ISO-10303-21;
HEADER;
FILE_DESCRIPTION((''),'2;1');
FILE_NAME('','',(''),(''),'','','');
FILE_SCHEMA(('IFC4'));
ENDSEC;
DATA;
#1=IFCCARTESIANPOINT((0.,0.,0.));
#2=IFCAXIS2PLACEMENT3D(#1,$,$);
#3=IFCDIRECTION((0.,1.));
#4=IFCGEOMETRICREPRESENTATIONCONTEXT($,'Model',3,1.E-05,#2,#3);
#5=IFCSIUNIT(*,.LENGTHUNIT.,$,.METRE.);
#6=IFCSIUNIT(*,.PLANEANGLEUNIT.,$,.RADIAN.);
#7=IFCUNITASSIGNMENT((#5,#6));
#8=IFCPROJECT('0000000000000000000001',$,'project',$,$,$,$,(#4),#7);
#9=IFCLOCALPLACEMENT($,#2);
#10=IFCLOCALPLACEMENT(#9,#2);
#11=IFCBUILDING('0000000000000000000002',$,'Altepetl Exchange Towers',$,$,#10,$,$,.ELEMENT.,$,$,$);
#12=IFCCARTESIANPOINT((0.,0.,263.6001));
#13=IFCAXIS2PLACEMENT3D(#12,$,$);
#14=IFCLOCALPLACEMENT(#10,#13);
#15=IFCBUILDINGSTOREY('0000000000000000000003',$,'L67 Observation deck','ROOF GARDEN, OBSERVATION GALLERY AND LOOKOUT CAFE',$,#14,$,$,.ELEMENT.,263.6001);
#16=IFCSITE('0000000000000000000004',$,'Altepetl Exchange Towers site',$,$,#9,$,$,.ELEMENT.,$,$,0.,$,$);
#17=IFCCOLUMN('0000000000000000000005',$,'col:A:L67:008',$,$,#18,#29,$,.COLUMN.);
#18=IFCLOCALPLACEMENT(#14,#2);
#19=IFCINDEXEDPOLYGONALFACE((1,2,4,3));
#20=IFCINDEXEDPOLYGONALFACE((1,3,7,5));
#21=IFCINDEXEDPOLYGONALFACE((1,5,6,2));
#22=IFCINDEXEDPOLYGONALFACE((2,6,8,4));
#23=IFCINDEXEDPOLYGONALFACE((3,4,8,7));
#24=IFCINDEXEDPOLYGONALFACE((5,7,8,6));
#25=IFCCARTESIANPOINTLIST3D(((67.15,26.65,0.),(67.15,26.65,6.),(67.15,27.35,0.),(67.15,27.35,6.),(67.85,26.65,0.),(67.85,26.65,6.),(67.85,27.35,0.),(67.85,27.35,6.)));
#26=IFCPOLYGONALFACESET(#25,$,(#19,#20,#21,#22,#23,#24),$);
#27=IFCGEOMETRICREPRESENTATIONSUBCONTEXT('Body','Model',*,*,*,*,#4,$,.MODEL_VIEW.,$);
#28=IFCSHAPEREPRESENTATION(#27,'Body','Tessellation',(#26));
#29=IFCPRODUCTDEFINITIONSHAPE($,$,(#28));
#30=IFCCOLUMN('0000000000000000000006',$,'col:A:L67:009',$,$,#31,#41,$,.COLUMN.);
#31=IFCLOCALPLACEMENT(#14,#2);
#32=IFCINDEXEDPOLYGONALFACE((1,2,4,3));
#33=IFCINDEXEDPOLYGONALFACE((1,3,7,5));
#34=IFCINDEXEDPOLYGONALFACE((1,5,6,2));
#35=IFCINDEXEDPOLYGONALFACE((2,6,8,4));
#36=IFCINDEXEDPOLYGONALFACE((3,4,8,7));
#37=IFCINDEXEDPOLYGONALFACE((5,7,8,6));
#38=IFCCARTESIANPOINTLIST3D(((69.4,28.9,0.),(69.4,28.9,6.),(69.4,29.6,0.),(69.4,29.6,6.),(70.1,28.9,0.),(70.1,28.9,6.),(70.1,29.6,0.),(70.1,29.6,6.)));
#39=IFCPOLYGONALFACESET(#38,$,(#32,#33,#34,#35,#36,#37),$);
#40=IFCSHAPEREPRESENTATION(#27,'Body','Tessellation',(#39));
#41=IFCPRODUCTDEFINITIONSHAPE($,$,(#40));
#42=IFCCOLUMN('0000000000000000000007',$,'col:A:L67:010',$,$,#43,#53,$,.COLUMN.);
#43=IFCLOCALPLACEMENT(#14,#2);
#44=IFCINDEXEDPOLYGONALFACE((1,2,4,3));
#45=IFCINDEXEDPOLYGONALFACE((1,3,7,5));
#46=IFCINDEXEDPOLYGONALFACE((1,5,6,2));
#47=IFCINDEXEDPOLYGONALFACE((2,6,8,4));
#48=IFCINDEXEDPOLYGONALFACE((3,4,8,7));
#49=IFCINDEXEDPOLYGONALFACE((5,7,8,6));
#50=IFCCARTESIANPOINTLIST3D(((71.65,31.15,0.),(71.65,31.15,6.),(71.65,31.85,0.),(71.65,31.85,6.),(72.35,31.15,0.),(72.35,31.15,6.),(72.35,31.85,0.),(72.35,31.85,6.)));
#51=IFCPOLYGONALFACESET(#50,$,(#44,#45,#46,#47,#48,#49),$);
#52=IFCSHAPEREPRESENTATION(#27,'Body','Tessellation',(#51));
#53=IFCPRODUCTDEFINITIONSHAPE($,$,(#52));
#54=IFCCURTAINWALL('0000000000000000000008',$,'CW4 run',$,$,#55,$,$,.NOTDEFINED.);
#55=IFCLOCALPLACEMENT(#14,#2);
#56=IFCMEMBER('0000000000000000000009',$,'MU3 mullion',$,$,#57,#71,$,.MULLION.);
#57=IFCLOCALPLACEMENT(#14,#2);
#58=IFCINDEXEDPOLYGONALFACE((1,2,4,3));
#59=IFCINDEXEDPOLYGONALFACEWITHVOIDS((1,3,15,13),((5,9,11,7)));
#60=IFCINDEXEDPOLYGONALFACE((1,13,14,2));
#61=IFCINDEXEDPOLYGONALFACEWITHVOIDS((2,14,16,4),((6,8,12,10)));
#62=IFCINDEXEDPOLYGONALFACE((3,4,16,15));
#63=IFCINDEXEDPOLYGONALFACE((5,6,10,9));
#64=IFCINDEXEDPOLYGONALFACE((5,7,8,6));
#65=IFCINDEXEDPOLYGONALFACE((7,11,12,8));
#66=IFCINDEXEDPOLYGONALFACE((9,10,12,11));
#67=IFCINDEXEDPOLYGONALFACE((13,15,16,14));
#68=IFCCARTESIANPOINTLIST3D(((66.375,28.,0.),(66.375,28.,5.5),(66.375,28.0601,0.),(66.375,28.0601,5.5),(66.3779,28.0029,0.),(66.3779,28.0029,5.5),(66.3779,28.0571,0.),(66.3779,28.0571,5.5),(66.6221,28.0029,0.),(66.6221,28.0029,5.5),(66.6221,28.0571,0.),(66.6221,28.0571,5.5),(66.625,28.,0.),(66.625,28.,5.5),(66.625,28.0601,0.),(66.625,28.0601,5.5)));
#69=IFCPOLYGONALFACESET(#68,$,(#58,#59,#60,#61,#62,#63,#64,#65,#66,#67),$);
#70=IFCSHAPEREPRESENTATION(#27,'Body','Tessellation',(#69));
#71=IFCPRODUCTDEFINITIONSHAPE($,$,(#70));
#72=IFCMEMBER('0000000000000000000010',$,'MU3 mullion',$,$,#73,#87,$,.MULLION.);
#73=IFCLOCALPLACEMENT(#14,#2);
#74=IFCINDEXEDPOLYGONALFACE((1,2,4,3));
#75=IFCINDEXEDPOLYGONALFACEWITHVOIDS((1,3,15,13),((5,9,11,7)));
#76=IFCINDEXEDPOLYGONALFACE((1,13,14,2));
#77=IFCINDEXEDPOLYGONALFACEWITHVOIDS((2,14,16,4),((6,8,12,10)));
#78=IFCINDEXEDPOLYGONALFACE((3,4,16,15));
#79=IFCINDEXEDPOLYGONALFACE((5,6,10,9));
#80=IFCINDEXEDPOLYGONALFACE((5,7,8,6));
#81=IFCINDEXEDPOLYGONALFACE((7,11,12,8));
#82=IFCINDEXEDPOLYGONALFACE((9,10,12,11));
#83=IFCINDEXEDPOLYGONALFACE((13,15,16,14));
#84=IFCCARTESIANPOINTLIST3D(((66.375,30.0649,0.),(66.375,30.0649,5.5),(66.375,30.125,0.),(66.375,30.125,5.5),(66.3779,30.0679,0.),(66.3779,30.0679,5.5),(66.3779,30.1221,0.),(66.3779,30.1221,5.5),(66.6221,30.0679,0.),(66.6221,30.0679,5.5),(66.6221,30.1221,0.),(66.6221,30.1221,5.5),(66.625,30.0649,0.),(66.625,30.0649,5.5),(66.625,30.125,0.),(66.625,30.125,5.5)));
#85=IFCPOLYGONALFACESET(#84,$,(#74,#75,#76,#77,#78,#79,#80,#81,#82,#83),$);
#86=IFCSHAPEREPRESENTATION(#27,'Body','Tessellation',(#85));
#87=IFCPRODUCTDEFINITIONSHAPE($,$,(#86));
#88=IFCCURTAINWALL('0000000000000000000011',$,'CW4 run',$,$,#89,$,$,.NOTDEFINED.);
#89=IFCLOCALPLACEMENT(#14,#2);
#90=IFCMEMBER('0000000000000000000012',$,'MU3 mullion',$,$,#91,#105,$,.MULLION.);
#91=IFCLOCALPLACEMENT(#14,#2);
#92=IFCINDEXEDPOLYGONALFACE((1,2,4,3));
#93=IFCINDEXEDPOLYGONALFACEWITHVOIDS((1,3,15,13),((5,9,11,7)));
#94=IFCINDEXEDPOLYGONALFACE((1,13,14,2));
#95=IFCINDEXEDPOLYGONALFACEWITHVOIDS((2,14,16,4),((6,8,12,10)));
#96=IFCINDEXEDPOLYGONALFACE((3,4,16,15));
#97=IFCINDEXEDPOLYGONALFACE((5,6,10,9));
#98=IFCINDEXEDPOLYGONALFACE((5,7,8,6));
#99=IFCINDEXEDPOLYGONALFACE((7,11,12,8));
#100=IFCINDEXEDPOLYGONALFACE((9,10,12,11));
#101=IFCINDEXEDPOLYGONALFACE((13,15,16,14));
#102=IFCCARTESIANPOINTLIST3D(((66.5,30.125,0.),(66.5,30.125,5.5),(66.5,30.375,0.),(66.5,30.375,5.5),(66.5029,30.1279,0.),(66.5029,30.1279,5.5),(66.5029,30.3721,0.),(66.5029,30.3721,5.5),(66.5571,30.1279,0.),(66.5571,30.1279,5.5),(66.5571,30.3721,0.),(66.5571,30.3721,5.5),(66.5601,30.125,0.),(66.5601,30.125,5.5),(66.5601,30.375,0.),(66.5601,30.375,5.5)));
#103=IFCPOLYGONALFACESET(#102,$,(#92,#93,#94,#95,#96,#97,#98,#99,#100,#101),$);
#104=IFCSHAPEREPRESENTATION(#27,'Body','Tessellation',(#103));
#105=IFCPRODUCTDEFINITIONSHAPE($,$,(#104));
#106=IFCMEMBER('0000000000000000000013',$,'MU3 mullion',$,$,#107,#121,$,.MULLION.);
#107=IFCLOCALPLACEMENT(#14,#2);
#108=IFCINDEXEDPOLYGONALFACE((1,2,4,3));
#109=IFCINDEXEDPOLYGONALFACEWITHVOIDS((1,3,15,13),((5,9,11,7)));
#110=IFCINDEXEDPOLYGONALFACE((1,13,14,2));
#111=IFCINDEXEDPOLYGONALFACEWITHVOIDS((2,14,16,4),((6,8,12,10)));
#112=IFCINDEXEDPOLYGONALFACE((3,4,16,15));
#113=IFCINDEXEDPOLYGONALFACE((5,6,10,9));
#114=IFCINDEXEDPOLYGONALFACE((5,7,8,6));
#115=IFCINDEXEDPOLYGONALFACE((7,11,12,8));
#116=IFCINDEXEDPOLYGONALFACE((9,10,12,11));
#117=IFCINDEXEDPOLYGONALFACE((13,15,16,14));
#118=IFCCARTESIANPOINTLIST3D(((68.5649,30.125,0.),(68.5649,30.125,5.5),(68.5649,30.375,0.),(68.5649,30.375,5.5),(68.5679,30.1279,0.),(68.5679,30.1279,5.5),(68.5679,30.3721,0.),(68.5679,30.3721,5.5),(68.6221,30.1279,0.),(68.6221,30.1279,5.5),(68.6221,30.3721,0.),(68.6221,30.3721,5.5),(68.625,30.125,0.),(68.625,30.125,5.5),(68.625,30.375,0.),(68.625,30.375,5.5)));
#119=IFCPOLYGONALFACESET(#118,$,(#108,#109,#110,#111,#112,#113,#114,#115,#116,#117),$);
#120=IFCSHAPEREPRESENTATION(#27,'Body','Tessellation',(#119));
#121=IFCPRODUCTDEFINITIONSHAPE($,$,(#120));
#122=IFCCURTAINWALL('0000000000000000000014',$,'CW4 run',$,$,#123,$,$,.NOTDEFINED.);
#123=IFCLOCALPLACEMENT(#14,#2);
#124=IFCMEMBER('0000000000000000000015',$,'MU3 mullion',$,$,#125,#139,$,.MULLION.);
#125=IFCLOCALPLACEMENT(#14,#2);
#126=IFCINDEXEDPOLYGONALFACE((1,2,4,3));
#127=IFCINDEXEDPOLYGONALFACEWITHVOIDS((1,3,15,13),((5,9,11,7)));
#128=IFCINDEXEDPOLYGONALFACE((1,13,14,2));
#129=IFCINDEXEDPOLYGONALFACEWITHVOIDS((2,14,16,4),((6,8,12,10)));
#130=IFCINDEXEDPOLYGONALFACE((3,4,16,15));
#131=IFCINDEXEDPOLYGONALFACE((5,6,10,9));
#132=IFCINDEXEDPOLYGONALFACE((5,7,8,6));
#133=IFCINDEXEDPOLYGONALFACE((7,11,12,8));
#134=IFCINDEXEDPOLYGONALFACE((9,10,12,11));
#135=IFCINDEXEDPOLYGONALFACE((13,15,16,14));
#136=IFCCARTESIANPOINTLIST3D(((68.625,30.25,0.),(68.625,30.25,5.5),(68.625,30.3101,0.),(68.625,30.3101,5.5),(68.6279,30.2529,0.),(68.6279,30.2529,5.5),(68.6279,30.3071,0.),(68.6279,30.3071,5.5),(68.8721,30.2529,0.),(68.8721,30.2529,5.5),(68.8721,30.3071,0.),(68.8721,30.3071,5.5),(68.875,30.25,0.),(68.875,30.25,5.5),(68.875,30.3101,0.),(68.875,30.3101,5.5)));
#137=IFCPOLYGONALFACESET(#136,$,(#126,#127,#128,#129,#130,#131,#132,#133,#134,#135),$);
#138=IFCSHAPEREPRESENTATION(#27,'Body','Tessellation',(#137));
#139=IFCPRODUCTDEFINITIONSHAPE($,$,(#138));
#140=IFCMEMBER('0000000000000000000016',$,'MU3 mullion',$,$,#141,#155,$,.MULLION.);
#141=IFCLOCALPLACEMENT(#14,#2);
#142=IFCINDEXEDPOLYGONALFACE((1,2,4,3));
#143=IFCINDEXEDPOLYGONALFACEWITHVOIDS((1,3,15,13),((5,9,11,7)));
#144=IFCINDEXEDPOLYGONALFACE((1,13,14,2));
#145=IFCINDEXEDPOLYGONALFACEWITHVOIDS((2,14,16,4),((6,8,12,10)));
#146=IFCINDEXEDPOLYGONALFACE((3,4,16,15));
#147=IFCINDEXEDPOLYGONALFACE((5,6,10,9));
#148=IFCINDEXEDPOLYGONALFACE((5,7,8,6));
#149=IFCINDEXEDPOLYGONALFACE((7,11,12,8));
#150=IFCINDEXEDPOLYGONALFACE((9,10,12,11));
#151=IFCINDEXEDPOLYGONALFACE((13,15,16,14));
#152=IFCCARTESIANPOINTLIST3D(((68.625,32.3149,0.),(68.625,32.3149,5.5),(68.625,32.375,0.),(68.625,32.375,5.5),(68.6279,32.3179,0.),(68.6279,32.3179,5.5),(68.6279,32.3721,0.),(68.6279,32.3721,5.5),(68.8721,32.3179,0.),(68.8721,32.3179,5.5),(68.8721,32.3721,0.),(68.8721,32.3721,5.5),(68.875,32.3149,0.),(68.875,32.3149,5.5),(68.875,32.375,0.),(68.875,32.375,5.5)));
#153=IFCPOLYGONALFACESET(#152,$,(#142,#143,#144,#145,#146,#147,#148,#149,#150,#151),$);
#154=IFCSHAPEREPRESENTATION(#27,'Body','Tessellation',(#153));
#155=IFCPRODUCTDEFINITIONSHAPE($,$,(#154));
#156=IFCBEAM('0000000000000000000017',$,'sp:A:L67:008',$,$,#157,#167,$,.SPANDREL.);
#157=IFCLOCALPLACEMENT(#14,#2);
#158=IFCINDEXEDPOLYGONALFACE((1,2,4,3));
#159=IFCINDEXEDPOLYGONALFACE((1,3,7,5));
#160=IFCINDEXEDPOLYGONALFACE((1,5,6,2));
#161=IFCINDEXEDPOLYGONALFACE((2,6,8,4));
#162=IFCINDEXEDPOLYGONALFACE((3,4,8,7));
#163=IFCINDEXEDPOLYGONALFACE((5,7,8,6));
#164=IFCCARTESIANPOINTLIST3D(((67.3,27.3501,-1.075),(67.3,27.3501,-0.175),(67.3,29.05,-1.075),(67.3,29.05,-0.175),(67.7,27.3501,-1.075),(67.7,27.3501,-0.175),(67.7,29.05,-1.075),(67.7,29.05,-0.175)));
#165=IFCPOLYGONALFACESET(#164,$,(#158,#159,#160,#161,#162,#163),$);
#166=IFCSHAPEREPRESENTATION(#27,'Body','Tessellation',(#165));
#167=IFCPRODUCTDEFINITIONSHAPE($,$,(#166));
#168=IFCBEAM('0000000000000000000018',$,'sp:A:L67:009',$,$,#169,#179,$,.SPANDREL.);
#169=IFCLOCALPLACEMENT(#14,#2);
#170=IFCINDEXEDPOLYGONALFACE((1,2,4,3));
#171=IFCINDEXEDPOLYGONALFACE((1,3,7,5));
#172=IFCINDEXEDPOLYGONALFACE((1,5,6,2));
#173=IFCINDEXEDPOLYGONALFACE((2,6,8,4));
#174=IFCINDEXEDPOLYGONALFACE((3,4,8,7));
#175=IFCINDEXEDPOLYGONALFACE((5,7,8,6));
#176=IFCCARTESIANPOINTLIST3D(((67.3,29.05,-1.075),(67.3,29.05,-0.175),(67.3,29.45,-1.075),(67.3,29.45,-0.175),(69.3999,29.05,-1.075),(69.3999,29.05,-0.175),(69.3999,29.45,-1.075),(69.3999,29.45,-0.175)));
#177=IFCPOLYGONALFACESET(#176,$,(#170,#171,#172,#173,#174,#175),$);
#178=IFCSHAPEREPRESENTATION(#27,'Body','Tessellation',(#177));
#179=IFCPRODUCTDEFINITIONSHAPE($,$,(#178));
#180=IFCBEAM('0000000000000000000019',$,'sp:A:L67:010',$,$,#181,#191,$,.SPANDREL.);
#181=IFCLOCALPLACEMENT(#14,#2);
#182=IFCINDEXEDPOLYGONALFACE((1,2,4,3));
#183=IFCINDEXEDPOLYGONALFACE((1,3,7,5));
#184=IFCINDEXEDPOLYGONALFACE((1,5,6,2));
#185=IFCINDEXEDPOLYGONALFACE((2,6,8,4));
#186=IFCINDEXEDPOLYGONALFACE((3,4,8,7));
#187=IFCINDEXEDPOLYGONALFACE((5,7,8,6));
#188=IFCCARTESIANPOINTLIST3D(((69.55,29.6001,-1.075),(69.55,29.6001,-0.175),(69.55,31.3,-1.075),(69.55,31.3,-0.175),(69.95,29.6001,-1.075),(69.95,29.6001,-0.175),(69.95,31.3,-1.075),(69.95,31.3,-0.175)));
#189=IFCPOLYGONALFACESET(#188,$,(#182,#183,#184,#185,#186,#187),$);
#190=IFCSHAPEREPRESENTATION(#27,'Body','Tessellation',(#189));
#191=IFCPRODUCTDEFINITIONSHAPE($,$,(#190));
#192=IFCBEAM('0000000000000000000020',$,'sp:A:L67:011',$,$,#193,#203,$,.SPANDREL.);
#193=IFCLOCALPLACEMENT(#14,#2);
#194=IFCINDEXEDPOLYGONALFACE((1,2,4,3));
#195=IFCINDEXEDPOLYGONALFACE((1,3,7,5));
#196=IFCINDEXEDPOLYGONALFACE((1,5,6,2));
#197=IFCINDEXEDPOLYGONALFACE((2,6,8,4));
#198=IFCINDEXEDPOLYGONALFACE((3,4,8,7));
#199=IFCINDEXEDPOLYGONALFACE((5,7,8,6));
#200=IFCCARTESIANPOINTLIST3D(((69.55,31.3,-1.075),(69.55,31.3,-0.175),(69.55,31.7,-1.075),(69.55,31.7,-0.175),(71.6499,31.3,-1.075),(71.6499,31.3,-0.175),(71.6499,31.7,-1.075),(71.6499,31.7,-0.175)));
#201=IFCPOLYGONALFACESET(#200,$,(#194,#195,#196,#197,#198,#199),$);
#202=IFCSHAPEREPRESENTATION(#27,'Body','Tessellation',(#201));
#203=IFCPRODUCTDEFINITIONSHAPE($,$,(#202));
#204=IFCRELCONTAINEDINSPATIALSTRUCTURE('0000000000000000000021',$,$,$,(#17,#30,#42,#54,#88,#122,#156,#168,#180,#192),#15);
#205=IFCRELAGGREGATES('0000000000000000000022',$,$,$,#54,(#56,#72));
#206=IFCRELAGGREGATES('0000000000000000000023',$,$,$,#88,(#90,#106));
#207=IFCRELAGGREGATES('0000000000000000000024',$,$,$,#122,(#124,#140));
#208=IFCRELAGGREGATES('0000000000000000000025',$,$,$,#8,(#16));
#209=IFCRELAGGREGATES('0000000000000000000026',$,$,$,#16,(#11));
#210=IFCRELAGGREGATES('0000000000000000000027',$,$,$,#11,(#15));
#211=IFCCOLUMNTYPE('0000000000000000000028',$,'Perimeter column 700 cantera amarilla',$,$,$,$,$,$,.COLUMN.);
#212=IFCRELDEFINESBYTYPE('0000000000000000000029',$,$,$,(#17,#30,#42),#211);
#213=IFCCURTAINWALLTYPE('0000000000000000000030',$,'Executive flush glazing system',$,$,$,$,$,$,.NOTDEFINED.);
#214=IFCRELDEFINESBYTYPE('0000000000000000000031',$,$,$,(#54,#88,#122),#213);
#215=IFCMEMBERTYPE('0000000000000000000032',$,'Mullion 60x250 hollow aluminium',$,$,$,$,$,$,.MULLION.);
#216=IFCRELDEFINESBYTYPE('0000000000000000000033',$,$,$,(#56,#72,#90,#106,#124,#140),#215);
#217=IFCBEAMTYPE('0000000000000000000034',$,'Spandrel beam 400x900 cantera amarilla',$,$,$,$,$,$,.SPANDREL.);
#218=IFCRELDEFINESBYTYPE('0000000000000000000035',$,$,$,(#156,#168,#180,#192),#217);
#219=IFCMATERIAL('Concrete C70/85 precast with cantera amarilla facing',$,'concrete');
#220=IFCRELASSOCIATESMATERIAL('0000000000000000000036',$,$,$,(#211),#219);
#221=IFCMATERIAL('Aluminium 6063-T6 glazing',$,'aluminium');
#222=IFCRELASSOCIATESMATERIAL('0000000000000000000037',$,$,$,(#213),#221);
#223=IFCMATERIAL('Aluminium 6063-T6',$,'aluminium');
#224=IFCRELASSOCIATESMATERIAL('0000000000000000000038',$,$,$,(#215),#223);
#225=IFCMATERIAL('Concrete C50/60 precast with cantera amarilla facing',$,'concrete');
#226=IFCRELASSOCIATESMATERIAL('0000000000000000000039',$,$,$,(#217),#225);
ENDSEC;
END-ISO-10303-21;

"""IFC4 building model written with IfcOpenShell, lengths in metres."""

from ifc_helpers import new_model, si_unit, direction, frame, origin, origin_2d, place, context, subcontext, project, spatial, rectangle, hollow_rectangle, extrude, material, material_profile, profile_set, type_object, element, aggregate, save


model = new_model("IFC4")

# Units and contexts
model_context = context("Model", 3, precision=1e-05, world=origin(), true_north=direction((0.0, 1.0)))
body_context = subcontext(model_context, "Body", "Model", "MODEL_VIEW")
ifc_project = project(units=[si_unit("LENGTHUNIT", "METRE"), si_unit("PLANEANGLEUNIT", "RADIAN")], contexts=[model_context])

# Site, building, storey
site_placement = place(None, origin())
site = spatial("IfcSite", under=ifc_project, at=site_placement, Name="Altepetl Exchange Towers site", CompositionType="ELEMENT", RefElevation=0.0)
building_placement = place(site_placement, origin())
building = spatial("IfcBuilding", under=site, at=building_placement, Name="Altepetl Exchange Towers", CompositionType="ELEMENT")
storey_placement = place(building_placement, frame((0.0, 0.0, 263.6001)))
storey = spatial("IfcBuildingStorey", under=building, at=storey_placement, Name="L67 Observation deck", Description="ROOF GARDEN, OBSERVATION GALLERY AND LOOKOUT CAFE", CompositionType="ELEMENT", Elevation=263.6001)

# Columns
ifc_material_1 = material(Name="Concrete C70/85 precast with cantera amarilla facing", Category="concrete")
ifc_material_profile_1 = material_profile(ifc_material_1, rectangle(XDim=0.7, YDim=0.7, at=origin_2d()), Name="700 x 700")
ifc_profile_set_1 = profile_set([ifc_material_profile_1], Name="Concrete C70/85 precast with cantera amarilla facing")
column_type = type_object("IfcColumnType", Name="Perimeter column 700 cantera amarilla", PredefinedType="COLUMN", material=ifc_profile_set_1)
for number, where, name in (
    (1, (67.5, 27.0, 0.0), "col:A:L67:008"),
    (2, (69.75, 29.25, 0.0), "col:A:L67:009"),
    (3, (72.0, 31.5, 0.0), "col:A:L67:010"),
):
    element("IfcColumn", number, at=place(storey_placement, frame(where)), inside=storey, type_object=column_type, Name=name, PredefinedType="COLUMN", context=body_context, shape_type="SweptSolid", body=[
        extrude(rectangle(XDim=0.7, YDim=0.7, at=origin_2d()), origin(), (0.0, 0.0, 1.0), 6.0),
    ])

# Curtain walls, members
ifc_material_2 = material(Name="Aluminium 6063-T6 glazing", Category="aluminium")
curtain_wall_type = type_object("IfcCurtainWallType", Name="Executive flush glazing system", PredefinedType="NOTDEFINED", material=ifc_material_2)
curtain_wall_1_placement = place(storey_placement, origin())
curtain_wall_1 = element("IfcCurtainWall", 4, at=curtain_wall_1_placement, inside=storey, type_object=curtain_wall_type, Name="CW4 run", PredefinedType="NOTDEFINED")
ifc_material_3 = material(Name="Aluminium 6063-T6", Category="aluminium")
ifc_material_profile_2 = material_profile(ifc_material_3, hollow_rectangle(XDim=0.0601, YDim=0.25, WallThickness=0.0029, at=origin_2d()), Name="Mullion 60x250 hollow aluminium")
ifc_profile_set_2 = profile_set([ifc_material_profile_2], Name="Aluminium 6063-T6")
member_type_1 = type_object("IfcMemberType", Name="Mullion 60x250 hollow aluminium", PredefinedType="MULLION", material=ifc_profile_set_2)
member_1_placement = place(storey_placement, frame((66.5, 28.03, 0.0), z_axis=(0.0, 0.0, 1.0), x_axis=(0.0, 1.0, 0.0)))
member_1 = element("IfcMember", 5, at=member_1_placement, type_object=member_type_1, Name="MU3 mullion", PredefinedType="MULLION", context=body_context, shape_type="SweptSolid", body=[
    extrude(hollow_rectangle(XDim=0.0601, YDim=0.25, WallThickness=0.0029, at=origin_2d()), origin(), (0.0, 0.0, 1.0), 5.5),
])
member_2_placement = place(storey_placement, frame((66.5, 30.095, 0.0), z_axis=(0.0, 0.0, 1.0), x_axis=(0.0, 1.0, 0.0)))
member_2 = element("IfcMember", 6, at=member_2_placement, type_object=member_type_1, Name="MU3 mullion", PredefinedType="MULLION", context=body_context, shape_type="SweptSolid", body=[
    extrude(hollow_rectangle(XDim=0.0601, YDim=0.25, WallThickness=0.0029, at=origin_2d()), origin(), (0.0, 0.0, 1.0), 5.5),
])
curtain_wall_2_placement = place(storey_placement, origin())
curtain_wall_2 = element("IfcCurtainWall", 7, at=curtain_wall_2_placement, inside=storey, type_object=curtain_wall_type, Name="CW4 run", PredefinedType="NOTDEFINED")
member_3_placement = place(storey_placement, frame((66.53, 30.25, 0.0)))
member_3 = element("IfcMember", 8, at=member_3_placement, type_object=member_type_1, Name="MU3 mullion", PredefinedType="MULLION", context=body_context, shape_type="SweptSolid", body=[
    extrude(hollow_rectangle(XDim=0.0601, YDim=0.25, WallThickness=0.0029, at=origin_2d()), origin(), (0.0, 0.0, 1.0), 5.5),
])
member_4_placement = place(storey_placement, frame((68.595, 30.25, 0.0)))
member_4 = element("IfcMember", 9, at=member_4_placement, type_object=member_type_1, Name="MU3 mullion", PredefinedType="MULLION", context=body_context, shape_type="SweptSolid", body=[
    extrude(hollow_rectangle(XDim=0.0601, YDim=0.25, WallThickness=0.0029, at=origin_2d()), origin(), (0.0, 0.0, 1.0), 5.5),
])
curtain_wall_3_placement = place(storey_placement, origin())
curtain_wall_3 = element("IfcCurtainWall", 10, at=curtain_wall_3_placement, inside=storey, type_object=curtain_wall_type, Name="CW4 run", PredefinedType="NOTDEFINED")
member_5_placement = place(storey_placement, frame((68.75, 30.28, 0.0), z_axis=(0.0, 0.0, 1.0), x_axis=(0.0, 1.0, 0.0)))
member_5 = element("IfcMember", 11, at=member_5_placement, type_object=member_type_1, Name="MU3 mullion", PredefinedType="MULLION", context=body_context, shape_type="SweptSolid", body=[
    extrude(hollow_rectangle(XDim=0.0601, YDim=0.25, WallThickness=0.0029, at=origin_2d()), origin(), (0.0, 0.0, 1.0), 5.5),
])
member_6_placement = place(storey_placement, frame((68.75, 32.345, 0.0), z_axis=(0.0, 0.0, 1.0), x_axis=(0.0, 1.0, 0.0)))
member_6 = element("IfcMember", 12, at=member_6_placement, type_object=member_type_1, Name="MU3 mullion", PredefinedType="MULLION", context=body_context, shape_type="SweptSolid", body=[
    extrude(hollow_rectangle(XDim=0.0601, YDim=0.25, WallThickness=0.0029, at=origin_2d()), origin(), (0.0, 0.0, 1.0), 5.5),
])

# Beams
ifc_material_4 = material(Name="Concrete C50/60 precast with cantera amarilla facing", Category="concrete")
ifc_material_profile_3 = material_profile(ifc_material_4, rectangle(XDim=0.3999, YDim=0.8999, at=origin_2d()), Name="400 x 900")
ifc_profile_set_3 = profile_set([ifc_material_profile_3], Name="Concrete C50/60 precast with cantera amarilla facing")
beam_type = type_object("IfcBeamType", Name="Spandrel beam 400x900 cantera amarilla", PredefinedType="SPANDREL", material=ifc_profile_set_3)
beam_1_placement = place(storey_placement, frame((67.5, 27.3501, -0.625), z_axis=(0.0, 1.0, 0.0), x_axis=(-1.0, 0.0, 0.0)))
element("IfcBeam", 13, at=beam_1_placement, inside=storey, type_object=beam_type, Name="sp:A:L67:008", PredefinedType="SPANDREL", context=body_context, shape_type="SweptSolid", body=[
    extrude(rectangle(XDim=0.3999, YDim=0.8999, at=origin_2d()), origin(), (0.0, 0.0, 1.0), 1.7),
])
beam_2_placement = place(storey_placement, frame((67.3, 29.25, -0.625), z_axis=(1.0, 0.0, 0.0), x_axis=(0.0, 1.0, 0.0)))
element("IfcBeam", 14, at=beam_2_placement, inside=storey, type_object=beam_type, Name="sp:A:L67:009", PredefinedType="SPANDREL", context=body_context, shape_type="SweptSolid", body=[
    extrude(rectangle(XDim=0.3999, YDim=0.8999, at=origin_2d()), origin(), (0.0, 0.0, 1.0), 2.0999),
])
beam_3_placement = place(storey_placement, frame((69.75, 29.6001, -0.625), z_axis=(0.0, 1.0, 0.0), x_axis=(-1.0, 0.0, 0.0)))
element("IfcBeam", 15, at=beam_3_placement, inside=storey, type_object=beam_type, Name="sp:A:L67:010", PredefinedType="SPANDREL", context=body_context, shape_type="SweptSolid", body=[
    extrude(rectangle(XDim=0.3999, YDim=0.8999, at=origin_2d()), origin(), (0.0, 0.0, 1.0), 1.7),
])
beam_4_placement = place(storey_placement, frame((69.55, 31.5, -0.625), z_axis=(1.0, 0.0, 0.0), x_axis=(0.0, 1.0, 0.0)))
element("IfcBeam", 16, at=beam_4_placement, inside=storey, type_object=beam_type, Name="sp:A:L67:011", PredefinedType="SPANDREL", context=body_context, shape_type="SweptSolid", body=[
    extrude(rectangle(XDim=0.3999, YDim=0.8999, at=origin_2d()), origin(), (0.0, 0.0, 1.0), 2.0999),
])

aggregate(curtain_wall_1, [member_1, member_2])
aggregate(curtain_wall_2, [member_3, member_4])
aggregate(curtain_wall_3, [member_5, member_6])

save(model, "model.ifc")
